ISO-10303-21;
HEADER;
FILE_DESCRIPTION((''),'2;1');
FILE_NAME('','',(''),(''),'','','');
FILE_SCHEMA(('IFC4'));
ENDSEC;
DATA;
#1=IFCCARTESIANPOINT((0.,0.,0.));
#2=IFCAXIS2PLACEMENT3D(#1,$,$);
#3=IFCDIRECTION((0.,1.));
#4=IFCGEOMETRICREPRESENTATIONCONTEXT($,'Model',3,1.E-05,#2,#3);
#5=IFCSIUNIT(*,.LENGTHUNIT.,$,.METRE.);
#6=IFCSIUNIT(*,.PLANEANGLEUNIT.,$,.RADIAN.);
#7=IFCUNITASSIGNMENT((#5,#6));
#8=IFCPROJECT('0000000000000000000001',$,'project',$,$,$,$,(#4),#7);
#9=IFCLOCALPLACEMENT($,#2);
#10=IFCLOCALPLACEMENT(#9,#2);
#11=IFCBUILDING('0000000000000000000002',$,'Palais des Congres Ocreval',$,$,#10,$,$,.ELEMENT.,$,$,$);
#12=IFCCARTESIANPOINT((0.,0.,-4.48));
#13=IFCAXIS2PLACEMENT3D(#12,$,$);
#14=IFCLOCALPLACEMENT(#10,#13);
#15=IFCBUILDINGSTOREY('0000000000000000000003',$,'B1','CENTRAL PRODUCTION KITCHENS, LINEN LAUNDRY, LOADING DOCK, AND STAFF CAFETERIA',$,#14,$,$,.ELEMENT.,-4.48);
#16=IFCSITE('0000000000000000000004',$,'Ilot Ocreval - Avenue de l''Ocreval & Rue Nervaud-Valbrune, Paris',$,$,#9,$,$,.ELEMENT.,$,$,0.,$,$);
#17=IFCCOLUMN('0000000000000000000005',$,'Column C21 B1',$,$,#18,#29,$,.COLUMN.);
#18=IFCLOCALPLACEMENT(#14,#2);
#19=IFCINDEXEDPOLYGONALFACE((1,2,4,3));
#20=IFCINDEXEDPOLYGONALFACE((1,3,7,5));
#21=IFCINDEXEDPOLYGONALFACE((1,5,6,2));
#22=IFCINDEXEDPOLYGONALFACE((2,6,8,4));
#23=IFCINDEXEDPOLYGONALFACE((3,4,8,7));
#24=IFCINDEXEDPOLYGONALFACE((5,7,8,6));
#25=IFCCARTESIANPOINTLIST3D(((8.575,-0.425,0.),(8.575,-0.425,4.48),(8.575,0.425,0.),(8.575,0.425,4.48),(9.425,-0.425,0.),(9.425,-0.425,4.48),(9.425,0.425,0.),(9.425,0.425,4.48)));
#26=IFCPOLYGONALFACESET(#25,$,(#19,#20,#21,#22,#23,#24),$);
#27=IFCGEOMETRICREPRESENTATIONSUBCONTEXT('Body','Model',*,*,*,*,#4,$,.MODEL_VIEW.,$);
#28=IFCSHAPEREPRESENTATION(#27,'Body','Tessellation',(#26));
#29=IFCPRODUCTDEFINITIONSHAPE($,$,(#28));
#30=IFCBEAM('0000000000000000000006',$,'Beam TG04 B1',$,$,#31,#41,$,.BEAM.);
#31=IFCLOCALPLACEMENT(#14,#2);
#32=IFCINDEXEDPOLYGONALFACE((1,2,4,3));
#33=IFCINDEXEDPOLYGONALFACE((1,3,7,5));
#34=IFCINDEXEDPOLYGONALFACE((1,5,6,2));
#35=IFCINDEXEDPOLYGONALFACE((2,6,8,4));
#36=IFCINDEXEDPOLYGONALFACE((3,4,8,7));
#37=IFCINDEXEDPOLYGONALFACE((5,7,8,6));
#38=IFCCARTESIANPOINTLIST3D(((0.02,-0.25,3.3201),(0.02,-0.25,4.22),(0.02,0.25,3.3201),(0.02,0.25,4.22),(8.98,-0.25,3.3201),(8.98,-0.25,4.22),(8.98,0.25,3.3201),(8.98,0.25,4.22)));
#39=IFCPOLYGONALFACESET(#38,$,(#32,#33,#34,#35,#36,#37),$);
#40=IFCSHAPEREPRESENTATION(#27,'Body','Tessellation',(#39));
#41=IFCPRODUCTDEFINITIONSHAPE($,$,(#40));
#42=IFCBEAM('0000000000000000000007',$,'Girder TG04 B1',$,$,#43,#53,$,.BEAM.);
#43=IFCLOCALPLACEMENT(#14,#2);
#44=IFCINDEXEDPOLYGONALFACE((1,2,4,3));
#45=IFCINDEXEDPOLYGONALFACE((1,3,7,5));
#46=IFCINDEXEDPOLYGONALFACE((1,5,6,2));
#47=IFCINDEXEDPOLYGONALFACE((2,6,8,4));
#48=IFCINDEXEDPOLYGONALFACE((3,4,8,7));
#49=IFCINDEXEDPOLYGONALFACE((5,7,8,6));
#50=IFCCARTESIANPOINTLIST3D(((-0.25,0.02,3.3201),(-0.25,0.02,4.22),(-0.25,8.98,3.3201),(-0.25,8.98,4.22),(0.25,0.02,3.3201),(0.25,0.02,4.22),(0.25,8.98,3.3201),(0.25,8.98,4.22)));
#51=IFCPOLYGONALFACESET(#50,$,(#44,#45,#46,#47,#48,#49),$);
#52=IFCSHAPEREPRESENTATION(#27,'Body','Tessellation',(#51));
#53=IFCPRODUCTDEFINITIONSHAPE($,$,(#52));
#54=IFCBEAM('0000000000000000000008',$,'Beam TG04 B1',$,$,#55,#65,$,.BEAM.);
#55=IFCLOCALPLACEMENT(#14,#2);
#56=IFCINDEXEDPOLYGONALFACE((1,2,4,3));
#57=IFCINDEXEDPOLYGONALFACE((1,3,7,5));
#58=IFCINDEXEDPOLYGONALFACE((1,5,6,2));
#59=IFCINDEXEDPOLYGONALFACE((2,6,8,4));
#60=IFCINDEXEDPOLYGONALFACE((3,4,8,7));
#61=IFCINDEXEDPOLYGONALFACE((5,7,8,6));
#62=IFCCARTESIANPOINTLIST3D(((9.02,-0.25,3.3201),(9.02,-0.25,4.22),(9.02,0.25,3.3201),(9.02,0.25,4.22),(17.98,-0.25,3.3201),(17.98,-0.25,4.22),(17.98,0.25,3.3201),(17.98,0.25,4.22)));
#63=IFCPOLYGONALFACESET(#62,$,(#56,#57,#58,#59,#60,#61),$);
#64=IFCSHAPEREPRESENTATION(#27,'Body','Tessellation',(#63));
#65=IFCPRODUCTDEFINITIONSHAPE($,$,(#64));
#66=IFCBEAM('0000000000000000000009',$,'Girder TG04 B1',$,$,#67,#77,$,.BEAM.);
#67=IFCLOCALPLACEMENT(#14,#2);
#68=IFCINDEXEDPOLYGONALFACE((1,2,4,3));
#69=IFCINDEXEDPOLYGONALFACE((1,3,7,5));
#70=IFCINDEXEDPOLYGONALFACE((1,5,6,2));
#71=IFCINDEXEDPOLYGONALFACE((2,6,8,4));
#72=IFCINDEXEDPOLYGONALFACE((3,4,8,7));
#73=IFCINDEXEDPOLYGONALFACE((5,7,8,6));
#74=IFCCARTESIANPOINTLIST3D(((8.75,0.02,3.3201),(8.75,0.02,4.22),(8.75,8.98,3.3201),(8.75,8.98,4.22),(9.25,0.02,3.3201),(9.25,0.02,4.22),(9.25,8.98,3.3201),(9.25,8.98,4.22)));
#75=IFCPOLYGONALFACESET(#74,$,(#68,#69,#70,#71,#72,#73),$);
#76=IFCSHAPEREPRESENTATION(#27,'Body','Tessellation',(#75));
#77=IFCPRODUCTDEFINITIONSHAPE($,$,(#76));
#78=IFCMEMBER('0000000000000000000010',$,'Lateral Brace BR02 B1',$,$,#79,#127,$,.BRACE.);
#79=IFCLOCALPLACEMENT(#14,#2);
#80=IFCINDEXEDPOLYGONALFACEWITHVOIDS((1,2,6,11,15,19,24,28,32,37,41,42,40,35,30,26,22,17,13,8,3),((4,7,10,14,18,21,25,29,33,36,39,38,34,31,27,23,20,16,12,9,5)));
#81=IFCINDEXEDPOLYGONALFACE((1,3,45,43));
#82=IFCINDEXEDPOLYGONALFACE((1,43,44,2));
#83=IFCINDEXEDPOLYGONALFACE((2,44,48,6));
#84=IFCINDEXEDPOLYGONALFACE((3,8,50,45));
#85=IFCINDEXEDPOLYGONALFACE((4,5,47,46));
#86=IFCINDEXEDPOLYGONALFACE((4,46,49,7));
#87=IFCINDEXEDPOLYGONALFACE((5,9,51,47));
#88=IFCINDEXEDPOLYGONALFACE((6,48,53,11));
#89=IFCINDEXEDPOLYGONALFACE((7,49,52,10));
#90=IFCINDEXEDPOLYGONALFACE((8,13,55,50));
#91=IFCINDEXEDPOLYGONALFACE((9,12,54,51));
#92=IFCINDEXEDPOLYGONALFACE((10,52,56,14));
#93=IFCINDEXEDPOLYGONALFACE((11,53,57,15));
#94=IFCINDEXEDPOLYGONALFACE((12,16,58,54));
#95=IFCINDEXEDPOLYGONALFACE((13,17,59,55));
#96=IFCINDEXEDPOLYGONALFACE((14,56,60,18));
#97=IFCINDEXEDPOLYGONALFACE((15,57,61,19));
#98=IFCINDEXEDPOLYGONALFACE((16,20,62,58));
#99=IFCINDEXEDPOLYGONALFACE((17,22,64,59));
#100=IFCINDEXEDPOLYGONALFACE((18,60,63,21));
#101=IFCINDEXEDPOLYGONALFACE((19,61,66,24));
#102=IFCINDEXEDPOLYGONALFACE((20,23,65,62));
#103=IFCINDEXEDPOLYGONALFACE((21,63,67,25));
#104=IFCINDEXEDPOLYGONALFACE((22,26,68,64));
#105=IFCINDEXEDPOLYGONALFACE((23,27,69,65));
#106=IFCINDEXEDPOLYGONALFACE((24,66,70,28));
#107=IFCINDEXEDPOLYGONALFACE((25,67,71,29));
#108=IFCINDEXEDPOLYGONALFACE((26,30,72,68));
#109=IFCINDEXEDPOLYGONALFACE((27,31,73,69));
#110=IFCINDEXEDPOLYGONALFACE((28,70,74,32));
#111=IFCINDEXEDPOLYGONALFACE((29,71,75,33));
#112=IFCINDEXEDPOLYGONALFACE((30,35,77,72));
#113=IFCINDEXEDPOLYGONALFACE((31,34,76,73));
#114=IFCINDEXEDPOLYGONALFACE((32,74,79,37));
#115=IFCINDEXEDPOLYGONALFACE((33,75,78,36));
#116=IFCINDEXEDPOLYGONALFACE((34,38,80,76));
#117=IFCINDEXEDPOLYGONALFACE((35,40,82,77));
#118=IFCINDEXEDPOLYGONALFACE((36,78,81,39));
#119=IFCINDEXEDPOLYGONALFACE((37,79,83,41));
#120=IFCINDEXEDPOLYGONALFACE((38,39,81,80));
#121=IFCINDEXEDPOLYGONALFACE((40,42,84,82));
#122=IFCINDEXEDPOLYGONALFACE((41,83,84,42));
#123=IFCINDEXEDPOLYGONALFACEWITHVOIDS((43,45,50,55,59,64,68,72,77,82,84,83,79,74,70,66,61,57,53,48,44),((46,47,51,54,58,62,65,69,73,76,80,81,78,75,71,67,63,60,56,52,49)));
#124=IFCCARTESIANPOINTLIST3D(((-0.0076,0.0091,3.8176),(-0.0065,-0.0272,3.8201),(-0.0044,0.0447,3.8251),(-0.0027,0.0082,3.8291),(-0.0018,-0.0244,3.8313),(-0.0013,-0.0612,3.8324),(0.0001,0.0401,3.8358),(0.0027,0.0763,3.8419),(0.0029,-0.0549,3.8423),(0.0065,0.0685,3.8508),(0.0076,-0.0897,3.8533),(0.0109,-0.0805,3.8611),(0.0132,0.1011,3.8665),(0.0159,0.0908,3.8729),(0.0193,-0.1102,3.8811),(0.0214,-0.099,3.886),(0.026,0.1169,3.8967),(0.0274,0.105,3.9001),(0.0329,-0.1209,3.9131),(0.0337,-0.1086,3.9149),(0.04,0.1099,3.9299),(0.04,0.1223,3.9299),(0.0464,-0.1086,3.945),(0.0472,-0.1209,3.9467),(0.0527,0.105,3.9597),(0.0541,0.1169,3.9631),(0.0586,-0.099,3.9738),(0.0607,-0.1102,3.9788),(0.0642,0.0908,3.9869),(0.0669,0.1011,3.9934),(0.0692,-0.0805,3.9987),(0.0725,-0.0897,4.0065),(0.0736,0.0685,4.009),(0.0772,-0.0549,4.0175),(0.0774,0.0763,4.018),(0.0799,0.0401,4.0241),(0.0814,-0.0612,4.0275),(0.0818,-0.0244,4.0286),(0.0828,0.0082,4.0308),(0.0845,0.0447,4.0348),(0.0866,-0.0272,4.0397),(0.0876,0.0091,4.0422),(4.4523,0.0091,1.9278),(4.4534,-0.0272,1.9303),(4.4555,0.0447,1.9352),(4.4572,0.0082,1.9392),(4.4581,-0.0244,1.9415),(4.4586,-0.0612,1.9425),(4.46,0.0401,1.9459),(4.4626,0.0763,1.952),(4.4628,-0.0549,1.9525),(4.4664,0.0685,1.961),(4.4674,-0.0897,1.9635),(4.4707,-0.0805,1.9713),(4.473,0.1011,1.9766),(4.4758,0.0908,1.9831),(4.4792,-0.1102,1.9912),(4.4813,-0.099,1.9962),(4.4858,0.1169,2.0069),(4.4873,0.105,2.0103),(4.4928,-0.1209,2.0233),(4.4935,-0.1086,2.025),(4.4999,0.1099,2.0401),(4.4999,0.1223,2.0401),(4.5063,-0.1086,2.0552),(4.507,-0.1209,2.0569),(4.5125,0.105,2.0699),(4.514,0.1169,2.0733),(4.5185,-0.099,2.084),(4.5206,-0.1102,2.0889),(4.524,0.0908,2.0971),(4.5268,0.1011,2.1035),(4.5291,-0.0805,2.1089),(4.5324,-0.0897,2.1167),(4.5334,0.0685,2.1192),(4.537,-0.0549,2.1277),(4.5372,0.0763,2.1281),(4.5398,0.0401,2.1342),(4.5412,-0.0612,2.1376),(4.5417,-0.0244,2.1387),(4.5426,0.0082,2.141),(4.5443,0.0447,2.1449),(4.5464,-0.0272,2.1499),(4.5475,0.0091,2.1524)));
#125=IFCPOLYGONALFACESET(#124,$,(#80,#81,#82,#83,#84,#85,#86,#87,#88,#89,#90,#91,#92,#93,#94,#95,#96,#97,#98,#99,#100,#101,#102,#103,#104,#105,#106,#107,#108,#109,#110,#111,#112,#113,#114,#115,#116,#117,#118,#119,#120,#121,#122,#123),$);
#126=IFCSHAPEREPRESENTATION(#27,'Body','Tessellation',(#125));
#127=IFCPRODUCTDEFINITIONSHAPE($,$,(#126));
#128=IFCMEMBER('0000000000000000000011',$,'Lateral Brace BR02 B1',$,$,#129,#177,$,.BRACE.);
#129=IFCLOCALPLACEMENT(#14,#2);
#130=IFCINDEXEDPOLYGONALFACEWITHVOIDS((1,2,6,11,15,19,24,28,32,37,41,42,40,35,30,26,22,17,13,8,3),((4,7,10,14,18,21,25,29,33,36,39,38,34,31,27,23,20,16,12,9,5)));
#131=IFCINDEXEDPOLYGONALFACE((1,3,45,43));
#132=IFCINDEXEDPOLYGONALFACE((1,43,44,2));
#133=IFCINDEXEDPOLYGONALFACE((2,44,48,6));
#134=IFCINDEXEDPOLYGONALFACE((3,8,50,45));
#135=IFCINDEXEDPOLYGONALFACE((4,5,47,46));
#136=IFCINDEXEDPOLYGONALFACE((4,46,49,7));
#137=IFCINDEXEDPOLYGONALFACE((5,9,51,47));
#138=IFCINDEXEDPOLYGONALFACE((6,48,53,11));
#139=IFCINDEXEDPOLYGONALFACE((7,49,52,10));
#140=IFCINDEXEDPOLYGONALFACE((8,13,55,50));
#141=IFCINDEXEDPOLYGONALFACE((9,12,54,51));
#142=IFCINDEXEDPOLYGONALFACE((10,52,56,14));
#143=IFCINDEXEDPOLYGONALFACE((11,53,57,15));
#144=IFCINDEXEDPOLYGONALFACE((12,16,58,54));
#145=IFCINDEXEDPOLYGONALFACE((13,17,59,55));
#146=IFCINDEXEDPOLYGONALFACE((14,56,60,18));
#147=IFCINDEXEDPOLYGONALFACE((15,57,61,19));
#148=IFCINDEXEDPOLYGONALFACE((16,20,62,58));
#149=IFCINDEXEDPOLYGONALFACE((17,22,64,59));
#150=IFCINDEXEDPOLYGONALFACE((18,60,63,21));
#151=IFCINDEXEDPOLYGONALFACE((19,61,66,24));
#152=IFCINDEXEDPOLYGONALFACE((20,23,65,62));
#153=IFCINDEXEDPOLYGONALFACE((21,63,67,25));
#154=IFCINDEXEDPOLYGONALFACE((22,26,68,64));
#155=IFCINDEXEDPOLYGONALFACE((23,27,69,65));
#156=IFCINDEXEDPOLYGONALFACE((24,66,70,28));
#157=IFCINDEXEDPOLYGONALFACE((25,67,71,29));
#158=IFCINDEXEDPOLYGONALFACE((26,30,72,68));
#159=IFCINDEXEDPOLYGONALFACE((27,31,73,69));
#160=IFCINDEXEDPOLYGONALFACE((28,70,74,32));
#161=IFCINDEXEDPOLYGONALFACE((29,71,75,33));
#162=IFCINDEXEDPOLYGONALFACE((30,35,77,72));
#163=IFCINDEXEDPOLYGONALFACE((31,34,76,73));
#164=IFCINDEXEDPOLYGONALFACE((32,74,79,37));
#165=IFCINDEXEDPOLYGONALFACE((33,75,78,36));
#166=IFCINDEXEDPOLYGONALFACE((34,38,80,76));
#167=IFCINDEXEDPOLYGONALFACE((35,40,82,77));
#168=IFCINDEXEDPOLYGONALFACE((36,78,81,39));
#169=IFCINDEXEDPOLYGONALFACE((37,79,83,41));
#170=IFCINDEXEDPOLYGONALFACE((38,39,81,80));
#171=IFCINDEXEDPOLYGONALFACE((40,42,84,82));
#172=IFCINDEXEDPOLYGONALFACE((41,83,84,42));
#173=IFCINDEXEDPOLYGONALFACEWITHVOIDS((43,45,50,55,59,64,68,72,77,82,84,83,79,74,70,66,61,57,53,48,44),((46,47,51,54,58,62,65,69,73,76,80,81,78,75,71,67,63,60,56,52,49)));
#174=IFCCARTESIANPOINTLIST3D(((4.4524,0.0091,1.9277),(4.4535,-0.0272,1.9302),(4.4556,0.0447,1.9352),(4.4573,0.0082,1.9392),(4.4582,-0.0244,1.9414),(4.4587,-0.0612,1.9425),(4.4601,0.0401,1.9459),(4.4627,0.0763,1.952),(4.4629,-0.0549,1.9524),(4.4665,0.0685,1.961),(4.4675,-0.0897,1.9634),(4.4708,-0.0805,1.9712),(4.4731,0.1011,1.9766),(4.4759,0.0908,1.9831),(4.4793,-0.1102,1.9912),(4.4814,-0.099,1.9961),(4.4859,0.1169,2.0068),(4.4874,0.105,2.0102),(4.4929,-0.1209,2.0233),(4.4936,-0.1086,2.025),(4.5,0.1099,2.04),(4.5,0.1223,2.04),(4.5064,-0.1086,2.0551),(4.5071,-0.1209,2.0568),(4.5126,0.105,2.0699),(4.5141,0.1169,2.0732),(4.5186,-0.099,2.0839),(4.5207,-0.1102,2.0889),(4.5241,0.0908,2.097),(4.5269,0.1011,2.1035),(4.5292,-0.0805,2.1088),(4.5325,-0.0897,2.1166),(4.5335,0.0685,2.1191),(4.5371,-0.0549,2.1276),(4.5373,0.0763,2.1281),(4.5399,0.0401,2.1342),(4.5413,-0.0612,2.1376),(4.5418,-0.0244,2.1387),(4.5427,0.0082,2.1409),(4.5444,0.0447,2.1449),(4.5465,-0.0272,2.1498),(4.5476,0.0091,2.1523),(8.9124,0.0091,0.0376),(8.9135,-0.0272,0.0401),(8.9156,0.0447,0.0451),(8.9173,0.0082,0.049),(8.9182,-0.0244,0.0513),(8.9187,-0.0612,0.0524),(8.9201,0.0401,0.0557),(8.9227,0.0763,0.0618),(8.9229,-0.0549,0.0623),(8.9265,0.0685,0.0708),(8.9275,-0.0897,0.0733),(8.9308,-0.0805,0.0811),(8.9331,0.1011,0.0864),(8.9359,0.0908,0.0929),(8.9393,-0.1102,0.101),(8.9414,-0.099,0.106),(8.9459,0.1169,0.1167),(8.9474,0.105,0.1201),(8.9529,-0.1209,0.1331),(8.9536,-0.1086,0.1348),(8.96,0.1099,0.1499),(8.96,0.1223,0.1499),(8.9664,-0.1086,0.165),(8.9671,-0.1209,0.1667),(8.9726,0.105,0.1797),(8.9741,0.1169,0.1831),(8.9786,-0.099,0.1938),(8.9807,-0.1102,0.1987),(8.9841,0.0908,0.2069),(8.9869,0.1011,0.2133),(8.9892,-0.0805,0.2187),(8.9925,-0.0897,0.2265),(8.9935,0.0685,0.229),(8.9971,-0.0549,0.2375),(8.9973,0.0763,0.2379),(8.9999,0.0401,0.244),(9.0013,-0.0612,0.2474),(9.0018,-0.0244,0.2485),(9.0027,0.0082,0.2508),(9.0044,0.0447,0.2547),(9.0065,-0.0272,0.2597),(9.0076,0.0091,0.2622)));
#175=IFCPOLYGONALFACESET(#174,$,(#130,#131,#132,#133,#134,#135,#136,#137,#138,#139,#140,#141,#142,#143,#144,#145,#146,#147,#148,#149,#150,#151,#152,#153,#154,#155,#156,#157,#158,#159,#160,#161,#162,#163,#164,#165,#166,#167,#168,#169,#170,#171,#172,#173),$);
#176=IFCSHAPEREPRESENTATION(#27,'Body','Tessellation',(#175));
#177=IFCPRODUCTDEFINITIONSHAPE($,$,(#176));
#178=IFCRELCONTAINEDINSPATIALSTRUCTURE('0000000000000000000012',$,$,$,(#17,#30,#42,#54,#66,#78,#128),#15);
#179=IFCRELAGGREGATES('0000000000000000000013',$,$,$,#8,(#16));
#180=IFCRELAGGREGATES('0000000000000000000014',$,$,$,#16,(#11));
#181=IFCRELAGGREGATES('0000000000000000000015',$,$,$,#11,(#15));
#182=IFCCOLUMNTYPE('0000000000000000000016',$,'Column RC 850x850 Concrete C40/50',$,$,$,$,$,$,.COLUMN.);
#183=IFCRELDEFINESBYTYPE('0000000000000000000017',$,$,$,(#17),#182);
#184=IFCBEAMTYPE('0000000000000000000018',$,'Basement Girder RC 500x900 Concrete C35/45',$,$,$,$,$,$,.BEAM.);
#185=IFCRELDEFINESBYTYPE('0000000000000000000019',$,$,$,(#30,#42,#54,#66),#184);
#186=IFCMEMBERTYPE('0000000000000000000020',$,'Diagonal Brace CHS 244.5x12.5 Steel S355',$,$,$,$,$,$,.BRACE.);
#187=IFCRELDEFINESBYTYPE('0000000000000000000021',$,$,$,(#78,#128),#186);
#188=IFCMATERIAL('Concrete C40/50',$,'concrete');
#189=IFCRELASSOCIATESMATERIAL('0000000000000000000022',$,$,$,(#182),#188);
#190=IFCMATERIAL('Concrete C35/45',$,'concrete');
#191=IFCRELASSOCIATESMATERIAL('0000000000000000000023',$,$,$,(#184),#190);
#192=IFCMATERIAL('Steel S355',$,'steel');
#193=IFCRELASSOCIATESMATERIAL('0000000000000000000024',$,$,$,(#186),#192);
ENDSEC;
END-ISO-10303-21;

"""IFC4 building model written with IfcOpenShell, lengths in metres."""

from ifc_helpers import new_model, si_unit, direction, frame, origin, origin_2d, place, context, subcontext, project, spatial, rectangle, hollow_circle, extrude, material, material_profile, profile_set, type_object, element, save


model = new_model("IFC4")

# Units and contexts
model_context = context("Model", 3, precision=1e-05, world=origin(), true_north=direction((0.0, 1.0)))
body_context = subcontext(model_context, "Body", "Model", "MODEL_VIEW")
ifc_project = project(units=[si_unit("LENGTHUNIT", "METRE"), si_unit("PLANEANGLEUNIT", "RADIAN")], contexts=[model_context])

# Site, building, storey
site_placement = place(None, origin())
site = spatial("IfcSite", under=ifc_project, at=site_placement, Name="Ilot Ocreval - Avenue de l'Ocreval & Rue Nervaud-Valbrune, Paris", CompositionType="ELEMENT", RefElevation=0.0)
building_placement = place(site_placement, origin())
building = spatial("IfcBuilding", under=site, at=building_placement, Name="Palais des Congres Ocreval", CompositionType="ELEMENT")
storey_placement = place(building_placement, frame((0.0, 0.0, -4.48)))
storey = spatial("IfcBuildingStorey", under=building, at=storey_placement, Name="B1", Description="CENTRAL PRODUCTION KITCHENS, LINEN LAUNDRY, LOADING DOCK, AND STAFF CAFETERIA", CompositionType="ELEMENT", Elevation=-4.48)

# Column
ifc_material_1 = material(Name="Concrete C40/50", Category="concrete")
ifc_material_profile_1 = material_profile(ifc_material_1, rectangle(XDim=0.8501, YDim=0.8501, at=origin_2d()), Name="RC 850x850")
ifc_profile_set_1 = profile_set([ifc_material_profile_1], Name="Concrete C40/50")
column_type = type_object("IfcColumnType", Name="Column RC 850x850 Concrete C40/50", PredefinedType="COLUMN", material=ifc_profile_set_1)
column_placement = place(storey_placement, frame((9.0, 0.0, 0.0), z_axis=(0.0, 0.0, 1.0), x_axis=(1.0, 0.0, 0.0)))
element("IfcColumn", 1, at=column_placement, inside=storey, type_object=column_type, Name="Column C21 B1", PredefinedType="COLUMN", context=body_context, shape_type="SweptSolid", body=[
    extrude(rectangle(XDim=0.8501, YDim=0.8501, at=origin_2d()), origin(), (0.0, 0.0, 1.0), 4.48),
])

# Beams
ifc_material_2 = material(Name="Concrete C35/45", Category="concrete")
ifc_material_profile_2 = material_profile(ifc_material_2, rectangle(XDim=0.5, YDim=0.8999, at=origin_2d()), Name="RC 500x900")
ifc_profile_set_2 = profile_set([ifc_material_profile_2], Name="Concrete C35/45")
beam_type_1 = type_object("IfcBeamType", Name="Basement Girder RC 500x900 Concrete C35/45", PredefinedType="BEAM", material=ifc_profile_set_2)
for number, where, z_axis, x_axis, name in (
    (2, (0.02, 0.0, 3.77), (1.0, 0.0, 0.0), (0.0, 1.0, 0.0), "Beam TG04 B1"),
    (3, (0.0, 0.02, 3.77), (0.0, 1.0, 0.0), (-1.0, 0.0, 0.0), "Girder TG04 B1"),
    (4, (9.02, 0.0, 3.77), (1.0, 0.0, 0.0), (0.0, 1.0, 0.0), "Beam TG04 B1"),
    (5, (9.0, 0.02, 3.77), (0.0, 1.0, 0.0), (-1.0, 0.0, 0.0), "Girder TG04 B1"),
):
    element("IfcBeam", number, at=place(storey_placement, frame(where, z_axis=z_axis, x_axis=x_axis)), inside=storey, type_object=beam_type_1, Name=name, PredefinedType="BEAM", context=body_context, shape_type="SweptSolid", body=[
        extrude(rectangle(XDim=0.5, YDim=0.8999, at=origin_2d()), origin(), (0.0, 0.0, 1.0), 8.96),
    ])

# Members
ifc_material_3 = material(Name="Steel S355", Category="steel")
ifc_material_profile_3 = material_profile(ifc_material_3, hollow_circle(Radius=0.1223, WallThickness=0.0125, at=origin_2d()), Name="CHS 244.5x12.5")
ifc_profile_set_3 = profile_set([ifc_material_profile_3], Name="Steel S355")
member_type_1 = type_object("IfcMemberType", Name="Diagonal Brace CHS 244.5x12.5 Steel S355", PredefinedType="BRACE", material=ifc_profile_set_3)
member_1_placement = place(storey_placement, frame((0.04, 0.0, 3.9299), z_axis=(0.920746, 0.0, -0.390163), x_axis=(0.0, 1.0, 0.0)))
element("IfcMember", 6, at=member_1_placement, inside=storey, type_object=member_type_1, Name="Lateral Brace BR02 B1", PredefinedType="BRACE", context=body_context, shape_type="SweptSolid", body=[
    extrude(hollow_circle(Radius=0.1223, WallThickness=0.0125, at=origin_2d()), origin(), (0.0, 0.0, 1.0), 4.8438),
])
member_2_placement = place(storey_placement, frame((4.5, 0.0, 2.04), z_axis=(0.920728, 0.0, -0.390206), x_axis=(0.0, 1.0, 0.0)))
element("IfcMember", 7, at=member_2_placement, inside=storey, type_object=member_type_1, Name="Lateral Brace BR02 B1", PredefinedType="BRACE", context=body_context, shape_type="SweptSolid", body=[
    extrude(hollow_circle(Radius=0.1223, WallThickness=0.0125, at=origin_2d()), origin(), (0.0, 0.0, 1.0), 4.844),
])

save(model, "model.ifc")
